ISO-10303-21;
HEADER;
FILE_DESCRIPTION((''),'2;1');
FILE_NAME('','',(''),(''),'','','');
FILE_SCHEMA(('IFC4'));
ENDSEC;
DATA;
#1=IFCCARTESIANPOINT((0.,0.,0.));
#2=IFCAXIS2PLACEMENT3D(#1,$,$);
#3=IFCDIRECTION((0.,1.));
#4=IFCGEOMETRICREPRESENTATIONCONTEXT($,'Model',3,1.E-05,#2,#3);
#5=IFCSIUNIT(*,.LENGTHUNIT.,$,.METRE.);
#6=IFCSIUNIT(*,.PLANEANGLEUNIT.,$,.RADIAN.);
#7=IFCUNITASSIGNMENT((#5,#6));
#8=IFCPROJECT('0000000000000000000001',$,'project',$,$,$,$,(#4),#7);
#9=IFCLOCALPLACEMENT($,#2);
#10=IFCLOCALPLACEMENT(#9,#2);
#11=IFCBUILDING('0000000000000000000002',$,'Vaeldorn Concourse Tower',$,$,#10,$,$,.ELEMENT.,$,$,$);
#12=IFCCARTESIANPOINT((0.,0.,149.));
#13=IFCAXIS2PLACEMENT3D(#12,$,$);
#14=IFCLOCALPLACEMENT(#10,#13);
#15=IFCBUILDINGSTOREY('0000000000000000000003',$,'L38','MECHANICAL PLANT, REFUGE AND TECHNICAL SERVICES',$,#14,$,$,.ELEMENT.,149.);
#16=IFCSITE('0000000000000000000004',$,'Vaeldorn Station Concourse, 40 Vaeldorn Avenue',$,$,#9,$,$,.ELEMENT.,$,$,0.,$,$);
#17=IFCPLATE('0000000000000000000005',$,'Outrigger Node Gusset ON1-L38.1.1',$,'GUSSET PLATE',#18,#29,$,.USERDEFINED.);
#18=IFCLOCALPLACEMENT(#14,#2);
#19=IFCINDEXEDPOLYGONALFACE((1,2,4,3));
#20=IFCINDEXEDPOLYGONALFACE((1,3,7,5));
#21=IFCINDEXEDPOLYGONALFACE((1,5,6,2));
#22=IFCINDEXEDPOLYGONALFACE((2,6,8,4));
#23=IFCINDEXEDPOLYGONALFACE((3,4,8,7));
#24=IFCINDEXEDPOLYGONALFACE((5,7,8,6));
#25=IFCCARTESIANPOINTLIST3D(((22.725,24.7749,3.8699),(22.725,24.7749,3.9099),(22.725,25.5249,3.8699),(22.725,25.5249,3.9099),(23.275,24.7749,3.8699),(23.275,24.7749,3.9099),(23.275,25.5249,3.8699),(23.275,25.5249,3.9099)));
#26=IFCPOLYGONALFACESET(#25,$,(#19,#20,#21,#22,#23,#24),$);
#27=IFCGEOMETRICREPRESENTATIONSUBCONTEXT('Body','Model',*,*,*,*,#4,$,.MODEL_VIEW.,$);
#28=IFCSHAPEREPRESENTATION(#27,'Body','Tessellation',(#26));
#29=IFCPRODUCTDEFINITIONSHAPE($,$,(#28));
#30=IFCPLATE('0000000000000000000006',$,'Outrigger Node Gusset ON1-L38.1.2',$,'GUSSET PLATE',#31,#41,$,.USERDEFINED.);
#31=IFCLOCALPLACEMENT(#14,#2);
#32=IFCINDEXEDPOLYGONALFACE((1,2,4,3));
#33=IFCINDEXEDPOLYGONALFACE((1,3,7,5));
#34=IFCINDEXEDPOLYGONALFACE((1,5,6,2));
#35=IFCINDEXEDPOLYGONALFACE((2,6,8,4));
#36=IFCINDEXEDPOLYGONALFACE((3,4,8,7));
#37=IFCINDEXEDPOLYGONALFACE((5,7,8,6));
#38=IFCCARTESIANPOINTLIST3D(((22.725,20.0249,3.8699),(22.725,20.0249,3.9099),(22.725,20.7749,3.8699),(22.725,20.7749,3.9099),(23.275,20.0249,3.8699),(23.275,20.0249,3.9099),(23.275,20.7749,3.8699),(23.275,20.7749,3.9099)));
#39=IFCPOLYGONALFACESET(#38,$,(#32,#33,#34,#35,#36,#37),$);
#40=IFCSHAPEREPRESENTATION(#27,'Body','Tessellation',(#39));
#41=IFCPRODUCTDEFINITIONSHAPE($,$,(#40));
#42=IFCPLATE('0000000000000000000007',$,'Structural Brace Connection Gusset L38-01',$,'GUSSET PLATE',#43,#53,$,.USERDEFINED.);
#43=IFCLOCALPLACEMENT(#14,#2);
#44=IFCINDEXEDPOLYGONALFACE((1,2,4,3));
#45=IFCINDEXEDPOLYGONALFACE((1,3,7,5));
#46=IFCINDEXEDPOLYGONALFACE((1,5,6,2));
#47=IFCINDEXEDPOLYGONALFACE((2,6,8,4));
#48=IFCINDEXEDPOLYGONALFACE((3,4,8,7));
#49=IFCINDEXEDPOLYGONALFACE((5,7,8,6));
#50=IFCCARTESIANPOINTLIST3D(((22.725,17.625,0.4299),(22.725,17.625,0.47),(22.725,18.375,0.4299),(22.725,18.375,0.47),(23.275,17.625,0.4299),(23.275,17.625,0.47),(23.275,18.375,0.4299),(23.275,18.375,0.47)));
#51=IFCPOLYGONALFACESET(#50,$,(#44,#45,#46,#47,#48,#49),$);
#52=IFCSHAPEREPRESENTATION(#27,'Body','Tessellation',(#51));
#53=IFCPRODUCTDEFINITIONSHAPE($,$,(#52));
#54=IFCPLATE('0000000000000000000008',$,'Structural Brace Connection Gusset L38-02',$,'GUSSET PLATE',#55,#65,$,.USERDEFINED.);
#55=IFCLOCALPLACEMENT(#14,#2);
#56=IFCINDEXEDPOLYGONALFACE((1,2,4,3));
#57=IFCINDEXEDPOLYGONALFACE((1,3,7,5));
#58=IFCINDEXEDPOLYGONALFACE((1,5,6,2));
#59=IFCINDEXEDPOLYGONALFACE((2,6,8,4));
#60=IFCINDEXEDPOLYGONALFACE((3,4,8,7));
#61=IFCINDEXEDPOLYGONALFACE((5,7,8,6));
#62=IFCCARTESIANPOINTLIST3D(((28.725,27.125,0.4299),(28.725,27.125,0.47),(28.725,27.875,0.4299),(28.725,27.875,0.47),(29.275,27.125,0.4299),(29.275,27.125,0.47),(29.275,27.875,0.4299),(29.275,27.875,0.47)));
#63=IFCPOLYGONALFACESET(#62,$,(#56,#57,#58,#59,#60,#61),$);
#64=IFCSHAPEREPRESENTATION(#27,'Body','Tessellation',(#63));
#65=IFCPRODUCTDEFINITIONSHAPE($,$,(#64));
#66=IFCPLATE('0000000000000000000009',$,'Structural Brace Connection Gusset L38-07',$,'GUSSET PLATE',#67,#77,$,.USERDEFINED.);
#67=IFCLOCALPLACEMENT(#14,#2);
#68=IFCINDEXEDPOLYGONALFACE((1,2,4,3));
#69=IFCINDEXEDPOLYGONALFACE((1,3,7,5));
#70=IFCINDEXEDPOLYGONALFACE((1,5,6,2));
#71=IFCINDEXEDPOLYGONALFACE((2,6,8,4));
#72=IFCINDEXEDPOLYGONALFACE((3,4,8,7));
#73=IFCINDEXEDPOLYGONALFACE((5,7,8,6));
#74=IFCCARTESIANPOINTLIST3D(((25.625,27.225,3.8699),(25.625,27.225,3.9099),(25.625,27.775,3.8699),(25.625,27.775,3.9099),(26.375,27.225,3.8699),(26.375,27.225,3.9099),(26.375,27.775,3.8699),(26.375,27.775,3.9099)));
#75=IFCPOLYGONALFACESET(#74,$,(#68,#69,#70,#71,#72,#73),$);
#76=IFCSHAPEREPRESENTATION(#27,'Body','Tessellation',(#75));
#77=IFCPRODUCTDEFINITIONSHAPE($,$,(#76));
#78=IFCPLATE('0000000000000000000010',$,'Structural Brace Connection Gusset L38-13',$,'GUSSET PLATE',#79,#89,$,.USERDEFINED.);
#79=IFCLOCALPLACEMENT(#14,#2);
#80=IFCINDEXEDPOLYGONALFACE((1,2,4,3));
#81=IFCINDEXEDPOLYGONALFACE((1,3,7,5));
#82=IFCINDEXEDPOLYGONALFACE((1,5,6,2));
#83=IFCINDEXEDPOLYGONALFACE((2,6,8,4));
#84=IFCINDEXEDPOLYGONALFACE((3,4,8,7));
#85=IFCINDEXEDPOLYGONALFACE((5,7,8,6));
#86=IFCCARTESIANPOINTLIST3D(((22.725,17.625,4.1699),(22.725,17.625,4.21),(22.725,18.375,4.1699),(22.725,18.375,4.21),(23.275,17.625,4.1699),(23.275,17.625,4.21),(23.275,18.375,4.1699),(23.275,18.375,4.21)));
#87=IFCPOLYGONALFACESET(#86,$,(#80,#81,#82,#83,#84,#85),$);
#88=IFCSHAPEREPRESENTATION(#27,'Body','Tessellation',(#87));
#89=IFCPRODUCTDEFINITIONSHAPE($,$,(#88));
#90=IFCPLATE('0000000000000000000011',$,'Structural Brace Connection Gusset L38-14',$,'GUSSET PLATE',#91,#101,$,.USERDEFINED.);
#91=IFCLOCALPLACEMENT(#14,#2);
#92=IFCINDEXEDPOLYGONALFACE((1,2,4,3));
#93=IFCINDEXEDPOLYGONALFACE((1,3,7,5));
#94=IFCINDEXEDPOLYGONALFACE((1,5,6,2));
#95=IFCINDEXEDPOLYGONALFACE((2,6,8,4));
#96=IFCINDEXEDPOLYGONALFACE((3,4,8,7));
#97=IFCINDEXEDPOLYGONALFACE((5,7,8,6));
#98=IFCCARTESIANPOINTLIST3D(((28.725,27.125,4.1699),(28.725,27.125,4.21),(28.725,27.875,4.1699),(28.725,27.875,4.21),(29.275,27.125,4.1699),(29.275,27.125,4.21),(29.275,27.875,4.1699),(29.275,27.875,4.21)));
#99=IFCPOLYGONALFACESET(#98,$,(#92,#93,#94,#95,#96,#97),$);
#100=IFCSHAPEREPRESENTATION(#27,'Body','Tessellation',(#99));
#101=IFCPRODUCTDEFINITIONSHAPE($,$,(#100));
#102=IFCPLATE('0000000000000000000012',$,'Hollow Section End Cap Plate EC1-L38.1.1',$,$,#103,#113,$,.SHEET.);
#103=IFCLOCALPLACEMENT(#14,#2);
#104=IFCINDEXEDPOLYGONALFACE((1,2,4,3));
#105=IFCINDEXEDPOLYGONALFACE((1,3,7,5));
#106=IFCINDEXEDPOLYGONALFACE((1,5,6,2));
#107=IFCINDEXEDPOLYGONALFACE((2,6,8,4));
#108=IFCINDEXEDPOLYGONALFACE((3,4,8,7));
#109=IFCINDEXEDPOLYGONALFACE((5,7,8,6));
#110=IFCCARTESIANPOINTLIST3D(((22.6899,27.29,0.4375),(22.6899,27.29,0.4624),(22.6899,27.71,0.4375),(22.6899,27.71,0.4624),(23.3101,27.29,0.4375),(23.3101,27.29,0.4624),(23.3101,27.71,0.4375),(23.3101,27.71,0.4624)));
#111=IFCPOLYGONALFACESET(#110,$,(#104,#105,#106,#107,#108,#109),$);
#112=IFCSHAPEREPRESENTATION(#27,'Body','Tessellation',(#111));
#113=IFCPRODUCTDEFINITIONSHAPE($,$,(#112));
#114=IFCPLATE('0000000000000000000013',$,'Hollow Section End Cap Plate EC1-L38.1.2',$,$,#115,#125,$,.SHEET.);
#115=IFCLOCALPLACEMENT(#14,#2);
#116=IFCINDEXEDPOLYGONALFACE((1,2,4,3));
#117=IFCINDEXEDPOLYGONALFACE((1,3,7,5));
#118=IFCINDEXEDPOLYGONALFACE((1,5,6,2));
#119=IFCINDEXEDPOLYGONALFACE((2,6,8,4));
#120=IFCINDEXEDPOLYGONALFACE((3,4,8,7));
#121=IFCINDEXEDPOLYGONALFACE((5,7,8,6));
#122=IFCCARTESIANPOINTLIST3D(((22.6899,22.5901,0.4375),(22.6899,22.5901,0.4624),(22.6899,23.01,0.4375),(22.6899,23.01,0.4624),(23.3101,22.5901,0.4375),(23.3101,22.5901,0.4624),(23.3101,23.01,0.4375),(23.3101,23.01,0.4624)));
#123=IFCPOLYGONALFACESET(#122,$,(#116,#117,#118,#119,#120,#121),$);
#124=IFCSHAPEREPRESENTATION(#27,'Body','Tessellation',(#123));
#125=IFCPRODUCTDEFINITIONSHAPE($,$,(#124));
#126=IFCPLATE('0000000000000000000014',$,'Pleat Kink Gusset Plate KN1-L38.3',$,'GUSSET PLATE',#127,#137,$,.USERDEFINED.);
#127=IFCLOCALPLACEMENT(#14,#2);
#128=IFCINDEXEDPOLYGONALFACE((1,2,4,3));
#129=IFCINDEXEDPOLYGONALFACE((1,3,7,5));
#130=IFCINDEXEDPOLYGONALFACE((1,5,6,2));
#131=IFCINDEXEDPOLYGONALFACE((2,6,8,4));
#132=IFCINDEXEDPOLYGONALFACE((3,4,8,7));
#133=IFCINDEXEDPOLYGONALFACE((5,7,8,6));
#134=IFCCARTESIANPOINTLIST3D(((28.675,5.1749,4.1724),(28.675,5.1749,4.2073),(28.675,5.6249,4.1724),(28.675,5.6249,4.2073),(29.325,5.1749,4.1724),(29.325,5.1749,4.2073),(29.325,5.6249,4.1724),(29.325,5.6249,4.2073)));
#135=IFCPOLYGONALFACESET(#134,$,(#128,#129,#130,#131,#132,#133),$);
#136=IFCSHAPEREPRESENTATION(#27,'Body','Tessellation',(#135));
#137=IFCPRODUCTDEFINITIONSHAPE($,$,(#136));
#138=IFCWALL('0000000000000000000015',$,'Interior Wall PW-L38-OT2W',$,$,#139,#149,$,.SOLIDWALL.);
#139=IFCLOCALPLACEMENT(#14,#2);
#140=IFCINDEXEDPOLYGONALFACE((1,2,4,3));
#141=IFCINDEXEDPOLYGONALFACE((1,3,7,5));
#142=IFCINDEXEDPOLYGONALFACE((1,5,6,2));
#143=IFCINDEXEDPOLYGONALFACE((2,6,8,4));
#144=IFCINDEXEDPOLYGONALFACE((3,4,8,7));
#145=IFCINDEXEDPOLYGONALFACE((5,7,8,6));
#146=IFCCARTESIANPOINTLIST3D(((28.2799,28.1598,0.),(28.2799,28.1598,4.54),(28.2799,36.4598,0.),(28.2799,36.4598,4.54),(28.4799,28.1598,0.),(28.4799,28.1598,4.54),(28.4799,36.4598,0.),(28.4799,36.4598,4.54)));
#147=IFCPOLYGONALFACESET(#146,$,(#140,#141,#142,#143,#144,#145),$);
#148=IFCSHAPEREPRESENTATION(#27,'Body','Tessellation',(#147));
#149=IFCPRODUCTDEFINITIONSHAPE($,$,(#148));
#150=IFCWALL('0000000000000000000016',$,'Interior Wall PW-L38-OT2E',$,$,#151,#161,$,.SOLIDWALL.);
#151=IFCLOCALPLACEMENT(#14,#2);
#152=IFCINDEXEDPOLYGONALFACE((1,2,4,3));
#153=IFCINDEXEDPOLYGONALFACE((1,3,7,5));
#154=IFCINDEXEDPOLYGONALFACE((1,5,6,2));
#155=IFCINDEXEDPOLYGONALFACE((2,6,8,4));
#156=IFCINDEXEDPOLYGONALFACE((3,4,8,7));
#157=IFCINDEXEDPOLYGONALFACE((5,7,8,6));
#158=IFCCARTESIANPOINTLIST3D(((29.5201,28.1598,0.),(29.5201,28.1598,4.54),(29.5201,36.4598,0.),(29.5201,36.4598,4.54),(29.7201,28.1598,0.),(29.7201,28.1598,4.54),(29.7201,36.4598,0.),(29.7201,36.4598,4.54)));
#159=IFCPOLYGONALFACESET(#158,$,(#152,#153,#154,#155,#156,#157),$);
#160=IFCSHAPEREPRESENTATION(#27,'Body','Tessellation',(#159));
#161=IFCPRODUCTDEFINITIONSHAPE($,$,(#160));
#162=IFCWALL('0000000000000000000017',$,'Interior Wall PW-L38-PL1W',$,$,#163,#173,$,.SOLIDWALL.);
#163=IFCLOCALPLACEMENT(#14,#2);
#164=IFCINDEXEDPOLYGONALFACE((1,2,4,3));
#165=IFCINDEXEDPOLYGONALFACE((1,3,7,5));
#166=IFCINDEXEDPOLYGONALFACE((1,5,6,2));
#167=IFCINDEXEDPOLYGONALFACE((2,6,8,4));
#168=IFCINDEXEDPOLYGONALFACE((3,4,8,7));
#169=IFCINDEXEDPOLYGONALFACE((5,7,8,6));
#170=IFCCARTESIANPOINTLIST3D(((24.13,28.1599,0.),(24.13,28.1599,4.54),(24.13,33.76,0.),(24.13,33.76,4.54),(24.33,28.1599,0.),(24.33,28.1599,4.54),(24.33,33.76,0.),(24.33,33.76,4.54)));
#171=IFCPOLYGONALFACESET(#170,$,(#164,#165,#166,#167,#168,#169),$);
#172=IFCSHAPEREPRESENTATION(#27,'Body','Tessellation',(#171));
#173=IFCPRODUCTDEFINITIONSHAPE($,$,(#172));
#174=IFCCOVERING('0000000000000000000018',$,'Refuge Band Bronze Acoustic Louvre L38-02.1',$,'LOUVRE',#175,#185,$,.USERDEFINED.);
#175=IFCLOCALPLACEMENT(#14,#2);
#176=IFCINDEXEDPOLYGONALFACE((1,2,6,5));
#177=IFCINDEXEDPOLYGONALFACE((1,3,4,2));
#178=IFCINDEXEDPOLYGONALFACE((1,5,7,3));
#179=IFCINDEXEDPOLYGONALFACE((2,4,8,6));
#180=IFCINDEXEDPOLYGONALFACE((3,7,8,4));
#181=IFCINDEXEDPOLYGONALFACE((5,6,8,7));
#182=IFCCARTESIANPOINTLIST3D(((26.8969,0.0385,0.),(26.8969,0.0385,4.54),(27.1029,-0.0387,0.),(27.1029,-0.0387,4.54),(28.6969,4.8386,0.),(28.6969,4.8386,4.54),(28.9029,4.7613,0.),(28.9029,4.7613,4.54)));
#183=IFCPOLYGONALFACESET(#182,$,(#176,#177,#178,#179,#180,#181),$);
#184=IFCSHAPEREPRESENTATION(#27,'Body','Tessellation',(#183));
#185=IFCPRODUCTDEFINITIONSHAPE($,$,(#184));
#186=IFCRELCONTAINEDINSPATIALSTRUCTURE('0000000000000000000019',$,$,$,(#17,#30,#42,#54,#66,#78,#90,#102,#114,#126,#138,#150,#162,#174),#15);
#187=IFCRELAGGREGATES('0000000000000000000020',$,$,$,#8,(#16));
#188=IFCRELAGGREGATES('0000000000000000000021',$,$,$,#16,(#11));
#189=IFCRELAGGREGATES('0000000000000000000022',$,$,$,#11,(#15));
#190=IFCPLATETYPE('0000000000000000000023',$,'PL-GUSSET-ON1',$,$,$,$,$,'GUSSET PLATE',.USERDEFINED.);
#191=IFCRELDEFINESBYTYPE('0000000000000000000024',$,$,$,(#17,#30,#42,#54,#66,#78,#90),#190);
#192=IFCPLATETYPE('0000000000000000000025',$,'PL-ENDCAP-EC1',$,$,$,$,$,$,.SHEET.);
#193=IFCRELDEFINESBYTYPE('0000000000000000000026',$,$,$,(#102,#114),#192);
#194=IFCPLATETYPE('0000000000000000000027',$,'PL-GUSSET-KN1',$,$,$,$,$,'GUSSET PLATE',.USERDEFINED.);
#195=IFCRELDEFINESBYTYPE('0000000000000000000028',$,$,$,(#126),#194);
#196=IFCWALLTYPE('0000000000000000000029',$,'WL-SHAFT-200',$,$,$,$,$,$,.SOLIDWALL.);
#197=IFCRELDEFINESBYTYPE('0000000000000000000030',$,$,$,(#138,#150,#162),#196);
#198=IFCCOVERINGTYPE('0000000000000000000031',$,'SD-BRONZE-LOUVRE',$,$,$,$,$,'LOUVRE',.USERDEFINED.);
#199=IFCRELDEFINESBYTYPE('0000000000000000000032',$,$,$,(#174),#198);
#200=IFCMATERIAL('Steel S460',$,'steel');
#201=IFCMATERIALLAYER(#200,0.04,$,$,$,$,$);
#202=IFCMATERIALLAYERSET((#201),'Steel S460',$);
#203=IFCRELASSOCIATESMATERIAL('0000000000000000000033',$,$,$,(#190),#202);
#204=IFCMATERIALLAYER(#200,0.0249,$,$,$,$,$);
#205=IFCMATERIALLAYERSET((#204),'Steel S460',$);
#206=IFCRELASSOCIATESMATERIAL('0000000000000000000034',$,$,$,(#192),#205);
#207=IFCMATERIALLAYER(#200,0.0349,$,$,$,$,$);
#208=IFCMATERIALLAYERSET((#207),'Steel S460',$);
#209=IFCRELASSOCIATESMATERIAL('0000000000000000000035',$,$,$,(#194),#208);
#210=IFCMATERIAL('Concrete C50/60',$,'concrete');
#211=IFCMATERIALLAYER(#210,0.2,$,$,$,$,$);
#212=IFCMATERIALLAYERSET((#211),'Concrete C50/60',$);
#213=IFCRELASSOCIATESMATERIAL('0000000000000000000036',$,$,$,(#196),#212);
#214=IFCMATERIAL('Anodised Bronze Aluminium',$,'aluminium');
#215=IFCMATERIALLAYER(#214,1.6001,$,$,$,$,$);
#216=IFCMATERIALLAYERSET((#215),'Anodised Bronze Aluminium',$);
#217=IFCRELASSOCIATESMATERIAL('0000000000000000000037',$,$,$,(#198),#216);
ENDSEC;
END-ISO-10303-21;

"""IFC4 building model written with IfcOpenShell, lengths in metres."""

from ifc_helpers import new_model, si_unit, direction, frame, frame_2d, origin, origin_2d, place, context, subcontext, project, spatial, rectangle, extrude, source, transform, mapped, material, layer, layer_set, type_object, element, save


model = new_model("IFC4")

# Units and contexts
model_context = context("Model", 3, precision=1e-05, world=origin(), true_north=direction((0.0, 1.0)))
body_context = subcontext(model_context, "Body", "Model", "MODEL_VIEW")
ifc_project = project(units=[si_unit("LENGTHUNIT", "METRE"), si_unit("PLANEANGLEUNIT", "RADIAN")], contexts=[model_context])

# Site, building, storey
site_placement = place(None, origin())
site = spatial("IfcSite", under=ifc_project, at=site_placement, Name="Vaeldorn Station Concourse, 40 Vaeldorn Avenue", CompositionType="ELEMENT", RefElevation=0.0)
building_placement = place(site_placement, origin())
building = spatial("IfcBuilding", under=site, at=building_placement, Name="Vaeldorn Concourse Tower", CompositionType="ELEMENT")
storey_placement = place(building_placement, frame((0.0, 0.0, 149.0)))
storey = spatial("IfcBuildingStorey", under=building, at=storey_placement, Name="L38", Description="MECHANICAL PLANT, REFUGE AND TECHNICAL SERVICES", CompositionType="ELEMENT", Elevation=149.0)

# Shared definitions
ifc_material_1 = material(Name="Steel S460", Category="steel")

# Plates
ifc_layer_1 = layer(ifc_material_1, 0.04)
ifc_layer_set_1 = layer_set([ifc_layer_1], Name="Steel S460")
plate_type_1 = type_object("IfcPlateType", Name="PL-GUSSET-ON1", ElementType="GUSSET PLATE", PredefinedType="USERDEFINED", material=ifc_layer_set_1)
shared_shape_1 = source(origin(), body_context, "Body", "SweptSolid", [
    extrude(rectangle(XDim=0.75, YDim=0.55, at=origin_2d()), origin(), (0.0, 0.0, 1.0), 0.04),
])
for number, where, z_axis, x_axis, name in (
    (1, (23.0, 25.1499, 3.8699), (0.0, 0.0, 1.0), (0.0, 1.0, 0.0), "Outrigger Node Gusset ON1-L38.1.1"),
    (2, (23.0, 20.3999, 3.8699), (0.0, 0.0, 1.0), (0.0, 1.0, 0.0), "Outrigger Node Gusset ON1-L38.1.2"),
    (3, (23.0, 18.0, 0.4299), (0.0, 0.0, 1.0), (0.0, 1.0, 0.0), "Structural Brace Connection Gusset L38-01"),
    (4, (29.0, 27.5, 0.4299), (0.0, 0.0, 1.0), (0.0, 1.0, 0.0), "Structural Brace Connection Gusset L38-02"),
    (5, (26.0, 27.5, 3.8699), (0.0, 0.0, 1.0), (1.0, 0.0, 0.0), "Structural Brace Connection Gusset L38-07"),
    (6, (23.0, 18.0, 4.1699), (0.0, 0.0, 1.0), (0.0, 1.0, 0.0), "Structural Brace Connection Gusset L38-13"),
    (7, (29.0, 27.5, 4.1699), (0.0, 0.0, 1.0), (0.0, 1.0, 0.0), "Structural Brace Connection Gusset L38-14"),
):
    element("IfcPlate", number, at=place(storey_placement, frame(where, z_axis=z_axis, x_axis=x_axis)), inside=storey, type_object=plate_type_1, Name=name, ObjectType="GUSSET PLATE", PredefinedType="USERDEFINED", context=body_context, shape_type="MappedRepresentation", body=[
        mapped(shared_shape_1, transform((0.0, 0.0, 0.0), scale=1.0)),
    ])
ifc_layer_2 = layer(ifc_material_1, 0.0249)
ifc_layer_set_2 = layer_set([ifc_layer_2], Name="Steel S460")
plate_type_2 = type_object("IfcPlateType", Name="PL-ENDCAP-EC1", PredefinedType="SHEET", material=ifc_layer_set_2)
shared_shape_2 = source(origin(), body_context, "Body", "SweptSolid", [
    extrude(rectangle(XDim=0.6201, YDim=0.4199, at=origin_2d()), origin(), (0.0, 0.0, 1.0), 0.0249),
])
for number, where, z_axis, x_axis, name in (
    (8, (23.0, 27.5, 0.4375), (0.0, 0.0, 1.0), (1.0, 0.0, 0.0), "Hollow Section End Cap Plate EC1-L38.1.1"),
    (9, (23.0, 22.8, 0.4375), (0.0, 0.0, 1.0), (1.0, 0.0, 0.0), "Hollow Section End Cap Plate EC1-L38.1.2"),
):
    element("IfcPlate", number, at=place(storey_placement, frame(where, z_axis=z_axis, x_axis=x_axis)), inside=storey, type_object=plate_type_2, Name=name, PredefinedType="SHEET", context=body_context, shape_type="MappedRepresentation", body=[
        mapped(shared_shape_2, transform((0.0, 0.0, 0.0), scale=1.0)),
    ])
ifc_layer_3 = layer(ifc_material_1, 0.0349)
ifc_layer_set_3 = layer_set([ifc_layer_3], Name="Steel S460")
plate_type_3 = type_object("IfcPlateType", Name="PL-GUSSET-KN1", ElementType="GUSSET PLATE", PredefinedType="USERDEFINED", material=ifc_layer_set_3)
shared_shape_3 = source(origin(), body_context, "Body", "SweptSolid", [
    extrude(rectangle(XDim=0.6499, YDim=0.45, at=origin_2d()), origin(), (0.0, 0.0, 1.0), 0.0349),
])
plate_placement = place(storey_placement, frame((29.0, 5.3999, 4.1724), z_axis=(0.0, 0.0, 1.0), x_axis=(1.0, 0.0, 0.0)))
element("IfcPlate", 10, at=plate_placement, inside=storey, type_object=plate_type_3, Name="Pleat Kink Gusset Plate KN1-L38.3", ObjectType="GUSSET PLATE", PredefinedType="USERDEFINED", context=body_context, shape_type="MappedRepresentation", body=[
    mapped(shared_shape_3, transform((0.0, 0.0, 0.0), scale=1.0)),
])

# Walls
ifc_material_2 = material(Name="Concrete C50/60", Category="concrete")
ifc_layer_4 = layer(ifc_material_2, 0.2)
ifc_layer_set_4 = layer_set([ifc_layer_4], Name="Concrete C50/60")
wall_type = type_object("IfcWallType", Name="WL-SHAFT-200", PredefinedType="SOLIDWALL", material=ifc_layer_set_4)
for number, where, z_axis, x_axis, name in (
    (11, (28.3799, 28.1599, 0.0), (0.0, 0.0, 1.0), (0.0, 1.0, 0.0), "Interior Wall PW-L38-OT2W"),
    (12, (29.6201, 28.1599, 0.0), (0.0, 0.0, 1.0), (0.0, 1.0, 0.0), "Interior Wall PW-L38-OT2E"),
):
    element("IfcWall", number, at=place(storey_placement, frame(where, z_axis=z_axis, x_axis=x_axis)), inside=storey, type_object=wall_type, Name=name, PredefinedType="SOLIDWALL", context=body_context, shape_type="SweptSolid", body=[
        extrude(rectangle(XDim=8.3, YDim=0.2, at=frame_2d((4.1499, 0.0))), origin(), (0.0, 0.0, 1.0), 4.54),
    ])
wall_placement = place(storey_placement, frame((24.23, 28.1599, 0.0), z_axis=(0.0, 0.0, 1.0), x_axis=(0.0, 1.0, 0.0)))
element("IfcWall", 13, at=wall_placement, inside=storey, type_object=wall_type, Name="Interior Wall PW-L38-PL1W", PredefinedType="SOLIDWALL", context=body_context, shape_type="SweptSolid", body=[
    extrude(rectangle(XDim=5.6001, YDim=0.2, at=frame_2d((2.8, 0.0))), origin(), (0.0, 0.0, 1.0), 4.54),
])

# Covering
ifc_material_3 = material(Name="Anodised Bronze Aluminium", Category="aluminium")
ifc_layer_5 = layer(ifc_material_3, 1.6001)
ifc_layer_set_5 = layer_set([ifc_layer_5], Name="Anodised Bronze Aluminium")
covering_type = type_object("IfcCoveringType", Name="SD-BRONZE-LOUVRE", ElementType="LOUVRE", PredefinedType="USERDEFINED", material=ifc_layer_set_5)
shared_shape_4 = source(origin(), body_context, "Body", "SweptSolid", [
    extrude(rectangle(XDim=5.1265, YDim=0.22, at=origin_2d()), origin(), (0.0, 0.0, 1.0), 4.54),
])
covering_placement = place(storey_placement, frame((27.8999, 2.3999, 0.0), z_axis=(0.0, 0.0, 1.0), x_axis=(0.351123, 0.936329, 0.0)))
element("IfcCovering", 14, at=covering_placement, inside=storey, type_object=covering_type, Name="Refuge Band Bronze Acoustic Louvre L38-02.1", ObjectType="LOUVRE", PredefinedType="USERDEFINED", context=body_context, shape_type="MappedRepresentation", body=[
    mapped(shared_shape_4, transform((0.0, 0.0, 0.0), scale=1.0)),
])

save(model, "model.ifc")
